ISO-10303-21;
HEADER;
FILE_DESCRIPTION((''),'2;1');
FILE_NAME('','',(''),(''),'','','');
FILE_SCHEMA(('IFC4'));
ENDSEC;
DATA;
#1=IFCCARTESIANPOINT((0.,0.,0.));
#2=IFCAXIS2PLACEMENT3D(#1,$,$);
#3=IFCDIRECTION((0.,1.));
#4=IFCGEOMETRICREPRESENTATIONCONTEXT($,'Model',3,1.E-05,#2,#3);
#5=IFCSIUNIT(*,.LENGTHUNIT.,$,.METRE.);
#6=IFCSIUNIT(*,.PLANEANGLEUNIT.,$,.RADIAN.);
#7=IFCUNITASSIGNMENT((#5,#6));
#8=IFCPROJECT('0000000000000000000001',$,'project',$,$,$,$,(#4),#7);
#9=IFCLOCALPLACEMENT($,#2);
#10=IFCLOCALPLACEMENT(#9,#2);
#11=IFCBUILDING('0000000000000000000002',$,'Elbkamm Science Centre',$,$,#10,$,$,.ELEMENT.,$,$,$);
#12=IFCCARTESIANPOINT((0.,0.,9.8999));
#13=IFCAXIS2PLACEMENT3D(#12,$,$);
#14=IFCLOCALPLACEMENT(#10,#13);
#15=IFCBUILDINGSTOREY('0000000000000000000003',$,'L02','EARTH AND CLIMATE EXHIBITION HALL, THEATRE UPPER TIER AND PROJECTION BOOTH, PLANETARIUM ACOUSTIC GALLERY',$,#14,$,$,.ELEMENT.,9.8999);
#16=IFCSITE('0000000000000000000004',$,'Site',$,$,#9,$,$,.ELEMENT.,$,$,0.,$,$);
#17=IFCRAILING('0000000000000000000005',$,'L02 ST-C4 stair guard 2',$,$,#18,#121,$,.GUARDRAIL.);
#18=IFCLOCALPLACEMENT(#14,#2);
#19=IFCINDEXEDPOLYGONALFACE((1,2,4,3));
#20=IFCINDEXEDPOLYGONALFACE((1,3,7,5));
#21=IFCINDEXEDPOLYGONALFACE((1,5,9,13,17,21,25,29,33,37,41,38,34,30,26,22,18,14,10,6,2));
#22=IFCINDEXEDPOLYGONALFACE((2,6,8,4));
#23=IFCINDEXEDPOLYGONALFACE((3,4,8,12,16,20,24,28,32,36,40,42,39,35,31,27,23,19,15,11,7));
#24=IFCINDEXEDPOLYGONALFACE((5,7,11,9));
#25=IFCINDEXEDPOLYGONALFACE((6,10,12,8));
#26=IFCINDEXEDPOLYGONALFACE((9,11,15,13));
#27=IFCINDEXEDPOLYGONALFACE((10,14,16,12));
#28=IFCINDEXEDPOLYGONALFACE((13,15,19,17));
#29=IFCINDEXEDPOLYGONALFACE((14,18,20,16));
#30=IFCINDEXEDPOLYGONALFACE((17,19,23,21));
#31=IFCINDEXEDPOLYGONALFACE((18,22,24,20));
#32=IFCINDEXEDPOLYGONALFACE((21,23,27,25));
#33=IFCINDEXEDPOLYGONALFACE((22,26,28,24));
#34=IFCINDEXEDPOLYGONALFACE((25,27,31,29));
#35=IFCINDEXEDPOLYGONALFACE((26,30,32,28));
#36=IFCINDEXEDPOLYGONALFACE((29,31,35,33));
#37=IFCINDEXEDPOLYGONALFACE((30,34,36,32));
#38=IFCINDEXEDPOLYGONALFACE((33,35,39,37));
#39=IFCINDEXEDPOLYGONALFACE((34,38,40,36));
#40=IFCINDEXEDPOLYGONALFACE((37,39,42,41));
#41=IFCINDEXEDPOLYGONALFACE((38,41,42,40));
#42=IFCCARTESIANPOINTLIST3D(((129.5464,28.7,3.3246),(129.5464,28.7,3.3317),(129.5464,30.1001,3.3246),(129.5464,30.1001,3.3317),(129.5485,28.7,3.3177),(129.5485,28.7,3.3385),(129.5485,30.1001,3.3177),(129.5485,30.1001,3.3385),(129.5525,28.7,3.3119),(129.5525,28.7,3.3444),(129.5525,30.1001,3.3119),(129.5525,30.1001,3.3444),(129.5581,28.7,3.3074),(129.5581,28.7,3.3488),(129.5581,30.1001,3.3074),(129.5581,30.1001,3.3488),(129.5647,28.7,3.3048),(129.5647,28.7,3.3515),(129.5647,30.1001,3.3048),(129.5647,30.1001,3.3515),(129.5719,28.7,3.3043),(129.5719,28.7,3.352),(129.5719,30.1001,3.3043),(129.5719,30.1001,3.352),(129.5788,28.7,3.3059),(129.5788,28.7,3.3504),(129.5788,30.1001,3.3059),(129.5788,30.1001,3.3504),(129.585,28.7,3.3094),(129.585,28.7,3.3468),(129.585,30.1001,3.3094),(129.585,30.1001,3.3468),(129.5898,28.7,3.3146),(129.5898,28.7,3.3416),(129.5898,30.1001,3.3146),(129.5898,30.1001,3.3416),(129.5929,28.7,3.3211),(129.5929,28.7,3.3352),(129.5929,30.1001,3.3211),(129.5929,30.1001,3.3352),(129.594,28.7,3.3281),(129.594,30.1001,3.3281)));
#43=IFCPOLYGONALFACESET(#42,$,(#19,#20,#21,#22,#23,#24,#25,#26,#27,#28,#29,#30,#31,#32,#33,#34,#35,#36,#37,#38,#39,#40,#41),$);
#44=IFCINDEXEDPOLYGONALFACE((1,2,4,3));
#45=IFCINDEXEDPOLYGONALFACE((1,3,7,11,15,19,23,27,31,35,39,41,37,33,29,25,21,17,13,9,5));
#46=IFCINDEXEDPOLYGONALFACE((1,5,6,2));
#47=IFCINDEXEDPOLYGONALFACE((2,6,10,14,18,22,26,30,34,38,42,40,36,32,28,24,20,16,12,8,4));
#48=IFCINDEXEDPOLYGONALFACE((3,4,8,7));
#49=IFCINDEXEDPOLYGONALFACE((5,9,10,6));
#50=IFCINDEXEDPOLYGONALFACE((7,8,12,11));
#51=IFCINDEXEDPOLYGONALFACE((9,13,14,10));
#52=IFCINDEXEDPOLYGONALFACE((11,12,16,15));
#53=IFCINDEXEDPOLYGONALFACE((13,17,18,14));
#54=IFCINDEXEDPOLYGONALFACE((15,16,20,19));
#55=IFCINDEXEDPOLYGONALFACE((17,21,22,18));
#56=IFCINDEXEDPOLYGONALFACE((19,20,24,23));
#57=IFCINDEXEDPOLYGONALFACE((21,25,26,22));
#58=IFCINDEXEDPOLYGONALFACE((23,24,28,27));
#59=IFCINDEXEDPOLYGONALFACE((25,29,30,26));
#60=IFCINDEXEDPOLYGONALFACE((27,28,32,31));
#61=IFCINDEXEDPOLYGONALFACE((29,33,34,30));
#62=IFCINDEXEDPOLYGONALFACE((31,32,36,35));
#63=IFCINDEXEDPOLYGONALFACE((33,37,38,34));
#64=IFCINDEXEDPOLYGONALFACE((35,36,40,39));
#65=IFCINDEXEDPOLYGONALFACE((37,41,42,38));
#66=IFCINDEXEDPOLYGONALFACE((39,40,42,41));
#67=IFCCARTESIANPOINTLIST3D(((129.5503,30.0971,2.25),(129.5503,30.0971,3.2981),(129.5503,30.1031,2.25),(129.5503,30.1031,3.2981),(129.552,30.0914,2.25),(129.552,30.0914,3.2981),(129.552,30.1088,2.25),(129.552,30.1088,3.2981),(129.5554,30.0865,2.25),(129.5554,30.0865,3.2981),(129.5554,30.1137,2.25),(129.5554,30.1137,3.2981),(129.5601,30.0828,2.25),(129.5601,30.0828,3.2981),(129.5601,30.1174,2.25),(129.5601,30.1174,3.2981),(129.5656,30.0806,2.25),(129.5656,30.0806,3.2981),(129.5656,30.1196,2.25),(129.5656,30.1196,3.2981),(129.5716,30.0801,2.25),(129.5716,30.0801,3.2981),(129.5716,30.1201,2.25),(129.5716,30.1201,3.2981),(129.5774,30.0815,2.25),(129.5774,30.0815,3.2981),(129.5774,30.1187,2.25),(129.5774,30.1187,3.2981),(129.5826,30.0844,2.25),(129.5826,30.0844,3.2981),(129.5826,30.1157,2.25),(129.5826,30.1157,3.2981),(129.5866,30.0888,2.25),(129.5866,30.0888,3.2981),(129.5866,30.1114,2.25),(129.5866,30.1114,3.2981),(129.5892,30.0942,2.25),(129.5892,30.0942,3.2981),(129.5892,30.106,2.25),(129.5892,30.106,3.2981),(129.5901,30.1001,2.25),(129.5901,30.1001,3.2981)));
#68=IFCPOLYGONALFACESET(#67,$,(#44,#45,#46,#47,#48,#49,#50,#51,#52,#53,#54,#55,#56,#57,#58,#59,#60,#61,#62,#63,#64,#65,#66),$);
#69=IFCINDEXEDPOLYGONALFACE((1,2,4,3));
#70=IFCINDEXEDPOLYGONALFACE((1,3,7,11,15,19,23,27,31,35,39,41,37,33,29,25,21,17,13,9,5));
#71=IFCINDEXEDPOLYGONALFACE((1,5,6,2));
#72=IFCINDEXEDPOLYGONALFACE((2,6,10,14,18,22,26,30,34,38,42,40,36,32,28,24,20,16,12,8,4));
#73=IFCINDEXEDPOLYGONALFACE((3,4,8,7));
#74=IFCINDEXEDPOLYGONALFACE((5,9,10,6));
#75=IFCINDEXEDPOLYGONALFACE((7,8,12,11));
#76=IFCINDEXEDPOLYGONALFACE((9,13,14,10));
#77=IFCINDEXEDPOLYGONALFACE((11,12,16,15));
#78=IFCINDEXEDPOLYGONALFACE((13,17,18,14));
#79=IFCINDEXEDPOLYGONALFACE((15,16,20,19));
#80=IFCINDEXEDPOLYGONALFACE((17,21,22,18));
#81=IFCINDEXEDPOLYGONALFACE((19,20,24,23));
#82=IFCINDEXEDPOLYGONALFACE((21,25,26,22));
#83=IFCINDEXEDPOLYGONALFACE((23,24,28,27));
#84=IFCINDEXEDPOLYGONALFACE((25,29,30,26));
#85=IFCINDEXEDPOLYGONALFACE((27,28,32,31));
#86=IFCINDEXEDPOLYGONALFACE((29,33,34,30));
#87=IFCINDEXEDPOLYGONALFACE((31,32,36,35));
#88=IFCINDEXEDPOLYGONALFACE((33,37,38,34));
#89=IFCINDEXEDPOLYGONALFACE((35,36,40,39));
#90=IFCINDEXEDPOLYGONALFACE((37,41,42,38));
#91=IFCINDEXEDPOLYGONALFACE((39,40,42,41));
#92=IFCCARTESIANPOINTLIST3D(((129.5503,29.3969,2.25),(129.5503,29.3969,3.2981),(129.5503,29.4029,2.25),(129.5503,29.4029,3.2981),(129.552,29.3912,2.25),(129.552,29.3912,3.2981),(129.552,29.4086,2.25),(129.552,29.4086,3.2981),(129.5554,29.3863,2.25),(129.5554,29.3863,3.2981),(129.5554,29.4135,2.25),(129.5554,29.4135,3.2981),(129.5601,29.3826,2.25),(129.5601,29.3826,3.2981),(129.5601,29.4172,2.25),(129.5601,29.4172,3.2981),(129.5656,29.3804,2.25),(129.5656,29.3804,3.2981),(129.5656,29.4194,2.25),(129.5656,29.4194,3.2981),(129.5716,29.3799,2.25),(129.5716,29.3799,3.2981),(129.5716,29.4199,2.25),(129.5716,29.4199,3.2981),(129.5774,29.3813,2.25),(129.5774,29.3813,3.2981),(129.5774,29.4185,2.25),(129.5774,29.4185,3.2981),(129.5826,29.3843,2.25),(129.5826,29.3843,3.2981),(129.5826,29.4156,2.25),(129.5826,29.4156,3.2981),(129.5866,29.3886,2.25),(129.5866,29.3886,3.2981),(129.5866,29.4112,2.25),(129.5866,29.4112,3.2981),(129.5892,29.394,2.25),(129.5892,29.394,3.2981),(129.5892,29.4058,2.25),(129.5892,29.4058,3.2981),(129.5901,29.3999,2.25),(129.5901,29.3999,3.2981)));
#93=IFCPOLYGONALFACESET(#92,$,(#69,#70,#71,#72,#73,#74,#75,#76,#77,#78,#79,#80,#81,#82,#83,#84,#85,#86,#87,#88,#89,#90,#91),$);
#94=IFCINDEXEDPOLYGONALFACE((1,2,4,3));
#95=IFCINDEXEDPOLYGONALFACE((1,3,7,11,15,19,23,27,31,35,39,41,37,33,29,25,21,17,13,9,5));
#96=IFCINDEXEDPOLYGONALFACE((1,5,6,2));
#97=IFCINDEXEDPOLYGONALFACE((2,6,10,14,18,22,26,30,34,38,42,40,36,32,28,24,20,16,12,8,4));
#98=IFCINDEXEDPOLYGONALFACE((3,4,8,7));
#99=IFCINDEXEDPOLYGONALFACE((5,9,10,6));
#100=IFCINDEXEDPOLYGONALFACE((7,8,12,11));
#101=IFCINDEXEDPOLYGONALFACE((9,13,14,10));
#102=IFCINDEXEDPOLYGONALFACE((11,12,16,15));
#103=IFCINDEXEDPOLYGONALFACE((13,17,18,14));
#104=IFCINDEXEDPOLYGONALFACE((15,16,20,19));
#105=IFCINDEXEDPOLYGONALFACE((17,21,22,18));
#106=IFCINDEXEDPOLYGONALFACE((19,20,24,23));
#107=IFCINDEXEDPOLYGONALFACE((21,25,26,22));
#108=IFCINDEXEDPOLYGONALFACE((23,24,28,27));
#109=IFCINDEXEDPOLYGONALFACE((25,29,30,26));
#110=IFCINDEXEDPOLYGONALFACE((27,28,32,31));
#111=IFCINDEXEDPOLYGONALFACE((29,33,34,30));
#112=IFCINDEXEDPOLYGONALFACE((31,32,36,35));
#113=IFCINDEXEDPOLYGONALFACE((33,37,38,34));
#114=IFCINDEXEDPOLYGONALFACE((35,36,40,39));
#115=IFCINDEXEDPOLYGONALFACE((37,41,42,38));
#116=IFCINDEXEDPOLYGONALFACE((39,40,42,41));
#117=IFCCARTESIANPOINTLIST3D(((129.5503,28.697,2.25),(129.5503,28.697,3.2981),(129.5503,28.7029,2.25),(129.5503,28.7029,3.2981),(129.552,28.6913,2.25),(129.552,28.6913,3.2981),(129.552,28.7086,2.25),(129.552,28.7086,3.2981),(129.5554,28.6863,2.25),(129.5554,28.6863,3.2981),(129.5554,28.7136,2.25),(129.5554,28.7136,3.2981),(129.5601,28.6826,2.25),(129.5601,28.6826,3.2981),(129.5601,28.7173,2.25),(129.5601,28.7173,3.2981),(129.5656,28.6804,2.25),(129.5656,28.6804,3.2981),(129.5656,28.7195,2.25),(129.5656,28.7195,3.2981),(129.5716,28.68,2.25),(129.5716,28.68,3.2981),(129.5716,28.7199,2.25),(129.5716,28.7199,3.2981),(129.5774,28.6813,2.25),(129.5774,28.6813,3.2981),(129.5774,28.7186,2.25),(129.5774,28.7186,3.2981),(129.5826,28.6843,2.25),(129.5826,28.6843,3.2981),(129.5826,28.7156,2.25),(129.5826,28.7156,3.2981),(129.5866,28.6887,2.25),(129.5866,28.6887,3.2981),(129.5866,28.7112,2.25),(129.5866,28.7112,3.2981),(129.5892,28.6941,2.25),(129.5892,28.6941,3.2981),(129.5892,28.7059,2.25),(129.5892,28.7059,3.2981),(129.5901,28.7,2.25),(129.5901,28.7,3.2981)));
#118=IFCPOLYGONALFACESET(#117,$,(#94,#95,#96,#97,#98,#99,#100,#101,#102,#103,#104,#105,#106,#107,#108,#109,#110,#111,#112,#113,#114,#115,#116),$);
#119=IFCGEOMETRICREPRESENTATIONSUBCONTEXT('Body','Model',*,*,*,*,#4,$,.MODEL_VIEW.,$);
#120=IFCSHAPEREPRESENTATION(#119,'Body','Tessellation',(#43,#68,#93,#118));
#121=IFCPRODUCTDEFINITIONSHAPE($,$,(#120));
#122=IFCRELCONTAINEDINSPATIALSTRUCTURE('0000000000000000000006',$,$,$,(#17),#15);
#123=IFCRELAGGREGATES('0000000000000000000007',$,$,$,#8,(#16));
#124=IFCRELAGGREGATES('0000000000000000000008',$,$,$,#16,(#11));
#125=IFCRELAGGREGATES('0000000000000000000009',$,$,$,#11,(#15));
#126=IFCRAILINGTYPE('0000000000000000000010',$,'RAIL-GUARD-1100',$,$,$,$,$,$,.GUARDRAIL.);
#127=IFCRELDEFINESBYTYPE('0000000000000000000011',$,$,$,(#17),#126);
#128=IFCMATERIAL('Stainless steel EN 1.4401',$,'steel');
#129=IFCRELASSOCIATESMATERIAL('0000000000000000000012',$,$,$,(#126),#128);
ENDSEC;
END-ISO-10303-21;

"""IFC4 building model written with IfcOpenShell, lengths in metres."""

from ifc_helpers import new_model, si_unit, direction, frame, origin, origin_2d, place, context, subcontext, project, spatial, circle, extrude, material, type_object, element, save


model = new_model("IFC4")

# Units and contexts
model_context = context("Model", 3, precision=1e-05, world=origin(), true_north=direction((0.0, 1.0)))
body_context = subcontext(model_context, "Body", "Model", "MODEL_VIEW")
ifc_project = project(units=[si_unit("LENGTHUNIT", "METRE"), si_unit("PLANEANGLEUNIT", "RADIAN")], contexts=[model_context])

# Site, building, storey
site_placement = place(None, origin())
site = spatial("IfcSite", under=ifc_project, at=site_placement, Name="Site", CompositionType="ELEMENT", RefElevation=0.0)
building_placement = place(site_placement, origin())
building = spatial("IfcBuilding", under=site, at=building_placement, Name="Elbkamm Science Centre", CompositionType="ELEMENT")
storey_placement = place(building_placement, frame((0.0, 0.0, 9.8999)))
storey = spatial("IfcBuildingStorey", under=building, at=storey_placement, Name="L02", Description="EARTH AND CLIMATE EXHIBITION HALL, THEATRE UPPER TIER AND PROJECTION BOOTH, PLANETARIUM ACOUSTIC GALLERY", CompositionType="ELEMENT", Elevation=9.8999)

# Railing
ifc_material_1 = material(Name="Stainless steel EN 1.4401", Category="steel")
railing_type_1 = type_object("IfcRailingType", Name="RAIL-GUARD-1100", PredefinedType="GUARDRAIL", material=ifc_material_1)
railing_1_placement = place(storey_placement, frame((129.5701, 30.1001, 2.25)))
element("IfcRailing", 1, at=railing_1_placement, inside=storey, type_object=railing_type_1, Name="L02 ST-C4 stair guard 2", PredefinedType="GUARDRAIL", context=body_context, shape_type="SweptSolid", body=[
    extrude(circle(Radius=0.0239, at=origin_2d()), frame((0.0, 0.0, 1.0781), z_axis=(0.0, -1.0, 0.0), x_axis=(1.0, 0.0, 0.0)), (0.0, 0.0, 1.0), 1.4001),
    extrude(circle(Radius=0.02, at=origin_2d()), origin(), (0.0, 0.0, 1.0), 1.0481),
    extrude(circle(Radius=0.02, at=origin_2d()), frame((0.0, -0.7002, 0.0)), (0.0, 0.0, 1.0), 1.0481),
    extrude(circle(Radius=0.02, at=origin_2d()), frame((0.0, -1.4001, 0.0)), (0.0, 0.0, 1.0), 1.0481),
])

save(model, "model.ifc")
